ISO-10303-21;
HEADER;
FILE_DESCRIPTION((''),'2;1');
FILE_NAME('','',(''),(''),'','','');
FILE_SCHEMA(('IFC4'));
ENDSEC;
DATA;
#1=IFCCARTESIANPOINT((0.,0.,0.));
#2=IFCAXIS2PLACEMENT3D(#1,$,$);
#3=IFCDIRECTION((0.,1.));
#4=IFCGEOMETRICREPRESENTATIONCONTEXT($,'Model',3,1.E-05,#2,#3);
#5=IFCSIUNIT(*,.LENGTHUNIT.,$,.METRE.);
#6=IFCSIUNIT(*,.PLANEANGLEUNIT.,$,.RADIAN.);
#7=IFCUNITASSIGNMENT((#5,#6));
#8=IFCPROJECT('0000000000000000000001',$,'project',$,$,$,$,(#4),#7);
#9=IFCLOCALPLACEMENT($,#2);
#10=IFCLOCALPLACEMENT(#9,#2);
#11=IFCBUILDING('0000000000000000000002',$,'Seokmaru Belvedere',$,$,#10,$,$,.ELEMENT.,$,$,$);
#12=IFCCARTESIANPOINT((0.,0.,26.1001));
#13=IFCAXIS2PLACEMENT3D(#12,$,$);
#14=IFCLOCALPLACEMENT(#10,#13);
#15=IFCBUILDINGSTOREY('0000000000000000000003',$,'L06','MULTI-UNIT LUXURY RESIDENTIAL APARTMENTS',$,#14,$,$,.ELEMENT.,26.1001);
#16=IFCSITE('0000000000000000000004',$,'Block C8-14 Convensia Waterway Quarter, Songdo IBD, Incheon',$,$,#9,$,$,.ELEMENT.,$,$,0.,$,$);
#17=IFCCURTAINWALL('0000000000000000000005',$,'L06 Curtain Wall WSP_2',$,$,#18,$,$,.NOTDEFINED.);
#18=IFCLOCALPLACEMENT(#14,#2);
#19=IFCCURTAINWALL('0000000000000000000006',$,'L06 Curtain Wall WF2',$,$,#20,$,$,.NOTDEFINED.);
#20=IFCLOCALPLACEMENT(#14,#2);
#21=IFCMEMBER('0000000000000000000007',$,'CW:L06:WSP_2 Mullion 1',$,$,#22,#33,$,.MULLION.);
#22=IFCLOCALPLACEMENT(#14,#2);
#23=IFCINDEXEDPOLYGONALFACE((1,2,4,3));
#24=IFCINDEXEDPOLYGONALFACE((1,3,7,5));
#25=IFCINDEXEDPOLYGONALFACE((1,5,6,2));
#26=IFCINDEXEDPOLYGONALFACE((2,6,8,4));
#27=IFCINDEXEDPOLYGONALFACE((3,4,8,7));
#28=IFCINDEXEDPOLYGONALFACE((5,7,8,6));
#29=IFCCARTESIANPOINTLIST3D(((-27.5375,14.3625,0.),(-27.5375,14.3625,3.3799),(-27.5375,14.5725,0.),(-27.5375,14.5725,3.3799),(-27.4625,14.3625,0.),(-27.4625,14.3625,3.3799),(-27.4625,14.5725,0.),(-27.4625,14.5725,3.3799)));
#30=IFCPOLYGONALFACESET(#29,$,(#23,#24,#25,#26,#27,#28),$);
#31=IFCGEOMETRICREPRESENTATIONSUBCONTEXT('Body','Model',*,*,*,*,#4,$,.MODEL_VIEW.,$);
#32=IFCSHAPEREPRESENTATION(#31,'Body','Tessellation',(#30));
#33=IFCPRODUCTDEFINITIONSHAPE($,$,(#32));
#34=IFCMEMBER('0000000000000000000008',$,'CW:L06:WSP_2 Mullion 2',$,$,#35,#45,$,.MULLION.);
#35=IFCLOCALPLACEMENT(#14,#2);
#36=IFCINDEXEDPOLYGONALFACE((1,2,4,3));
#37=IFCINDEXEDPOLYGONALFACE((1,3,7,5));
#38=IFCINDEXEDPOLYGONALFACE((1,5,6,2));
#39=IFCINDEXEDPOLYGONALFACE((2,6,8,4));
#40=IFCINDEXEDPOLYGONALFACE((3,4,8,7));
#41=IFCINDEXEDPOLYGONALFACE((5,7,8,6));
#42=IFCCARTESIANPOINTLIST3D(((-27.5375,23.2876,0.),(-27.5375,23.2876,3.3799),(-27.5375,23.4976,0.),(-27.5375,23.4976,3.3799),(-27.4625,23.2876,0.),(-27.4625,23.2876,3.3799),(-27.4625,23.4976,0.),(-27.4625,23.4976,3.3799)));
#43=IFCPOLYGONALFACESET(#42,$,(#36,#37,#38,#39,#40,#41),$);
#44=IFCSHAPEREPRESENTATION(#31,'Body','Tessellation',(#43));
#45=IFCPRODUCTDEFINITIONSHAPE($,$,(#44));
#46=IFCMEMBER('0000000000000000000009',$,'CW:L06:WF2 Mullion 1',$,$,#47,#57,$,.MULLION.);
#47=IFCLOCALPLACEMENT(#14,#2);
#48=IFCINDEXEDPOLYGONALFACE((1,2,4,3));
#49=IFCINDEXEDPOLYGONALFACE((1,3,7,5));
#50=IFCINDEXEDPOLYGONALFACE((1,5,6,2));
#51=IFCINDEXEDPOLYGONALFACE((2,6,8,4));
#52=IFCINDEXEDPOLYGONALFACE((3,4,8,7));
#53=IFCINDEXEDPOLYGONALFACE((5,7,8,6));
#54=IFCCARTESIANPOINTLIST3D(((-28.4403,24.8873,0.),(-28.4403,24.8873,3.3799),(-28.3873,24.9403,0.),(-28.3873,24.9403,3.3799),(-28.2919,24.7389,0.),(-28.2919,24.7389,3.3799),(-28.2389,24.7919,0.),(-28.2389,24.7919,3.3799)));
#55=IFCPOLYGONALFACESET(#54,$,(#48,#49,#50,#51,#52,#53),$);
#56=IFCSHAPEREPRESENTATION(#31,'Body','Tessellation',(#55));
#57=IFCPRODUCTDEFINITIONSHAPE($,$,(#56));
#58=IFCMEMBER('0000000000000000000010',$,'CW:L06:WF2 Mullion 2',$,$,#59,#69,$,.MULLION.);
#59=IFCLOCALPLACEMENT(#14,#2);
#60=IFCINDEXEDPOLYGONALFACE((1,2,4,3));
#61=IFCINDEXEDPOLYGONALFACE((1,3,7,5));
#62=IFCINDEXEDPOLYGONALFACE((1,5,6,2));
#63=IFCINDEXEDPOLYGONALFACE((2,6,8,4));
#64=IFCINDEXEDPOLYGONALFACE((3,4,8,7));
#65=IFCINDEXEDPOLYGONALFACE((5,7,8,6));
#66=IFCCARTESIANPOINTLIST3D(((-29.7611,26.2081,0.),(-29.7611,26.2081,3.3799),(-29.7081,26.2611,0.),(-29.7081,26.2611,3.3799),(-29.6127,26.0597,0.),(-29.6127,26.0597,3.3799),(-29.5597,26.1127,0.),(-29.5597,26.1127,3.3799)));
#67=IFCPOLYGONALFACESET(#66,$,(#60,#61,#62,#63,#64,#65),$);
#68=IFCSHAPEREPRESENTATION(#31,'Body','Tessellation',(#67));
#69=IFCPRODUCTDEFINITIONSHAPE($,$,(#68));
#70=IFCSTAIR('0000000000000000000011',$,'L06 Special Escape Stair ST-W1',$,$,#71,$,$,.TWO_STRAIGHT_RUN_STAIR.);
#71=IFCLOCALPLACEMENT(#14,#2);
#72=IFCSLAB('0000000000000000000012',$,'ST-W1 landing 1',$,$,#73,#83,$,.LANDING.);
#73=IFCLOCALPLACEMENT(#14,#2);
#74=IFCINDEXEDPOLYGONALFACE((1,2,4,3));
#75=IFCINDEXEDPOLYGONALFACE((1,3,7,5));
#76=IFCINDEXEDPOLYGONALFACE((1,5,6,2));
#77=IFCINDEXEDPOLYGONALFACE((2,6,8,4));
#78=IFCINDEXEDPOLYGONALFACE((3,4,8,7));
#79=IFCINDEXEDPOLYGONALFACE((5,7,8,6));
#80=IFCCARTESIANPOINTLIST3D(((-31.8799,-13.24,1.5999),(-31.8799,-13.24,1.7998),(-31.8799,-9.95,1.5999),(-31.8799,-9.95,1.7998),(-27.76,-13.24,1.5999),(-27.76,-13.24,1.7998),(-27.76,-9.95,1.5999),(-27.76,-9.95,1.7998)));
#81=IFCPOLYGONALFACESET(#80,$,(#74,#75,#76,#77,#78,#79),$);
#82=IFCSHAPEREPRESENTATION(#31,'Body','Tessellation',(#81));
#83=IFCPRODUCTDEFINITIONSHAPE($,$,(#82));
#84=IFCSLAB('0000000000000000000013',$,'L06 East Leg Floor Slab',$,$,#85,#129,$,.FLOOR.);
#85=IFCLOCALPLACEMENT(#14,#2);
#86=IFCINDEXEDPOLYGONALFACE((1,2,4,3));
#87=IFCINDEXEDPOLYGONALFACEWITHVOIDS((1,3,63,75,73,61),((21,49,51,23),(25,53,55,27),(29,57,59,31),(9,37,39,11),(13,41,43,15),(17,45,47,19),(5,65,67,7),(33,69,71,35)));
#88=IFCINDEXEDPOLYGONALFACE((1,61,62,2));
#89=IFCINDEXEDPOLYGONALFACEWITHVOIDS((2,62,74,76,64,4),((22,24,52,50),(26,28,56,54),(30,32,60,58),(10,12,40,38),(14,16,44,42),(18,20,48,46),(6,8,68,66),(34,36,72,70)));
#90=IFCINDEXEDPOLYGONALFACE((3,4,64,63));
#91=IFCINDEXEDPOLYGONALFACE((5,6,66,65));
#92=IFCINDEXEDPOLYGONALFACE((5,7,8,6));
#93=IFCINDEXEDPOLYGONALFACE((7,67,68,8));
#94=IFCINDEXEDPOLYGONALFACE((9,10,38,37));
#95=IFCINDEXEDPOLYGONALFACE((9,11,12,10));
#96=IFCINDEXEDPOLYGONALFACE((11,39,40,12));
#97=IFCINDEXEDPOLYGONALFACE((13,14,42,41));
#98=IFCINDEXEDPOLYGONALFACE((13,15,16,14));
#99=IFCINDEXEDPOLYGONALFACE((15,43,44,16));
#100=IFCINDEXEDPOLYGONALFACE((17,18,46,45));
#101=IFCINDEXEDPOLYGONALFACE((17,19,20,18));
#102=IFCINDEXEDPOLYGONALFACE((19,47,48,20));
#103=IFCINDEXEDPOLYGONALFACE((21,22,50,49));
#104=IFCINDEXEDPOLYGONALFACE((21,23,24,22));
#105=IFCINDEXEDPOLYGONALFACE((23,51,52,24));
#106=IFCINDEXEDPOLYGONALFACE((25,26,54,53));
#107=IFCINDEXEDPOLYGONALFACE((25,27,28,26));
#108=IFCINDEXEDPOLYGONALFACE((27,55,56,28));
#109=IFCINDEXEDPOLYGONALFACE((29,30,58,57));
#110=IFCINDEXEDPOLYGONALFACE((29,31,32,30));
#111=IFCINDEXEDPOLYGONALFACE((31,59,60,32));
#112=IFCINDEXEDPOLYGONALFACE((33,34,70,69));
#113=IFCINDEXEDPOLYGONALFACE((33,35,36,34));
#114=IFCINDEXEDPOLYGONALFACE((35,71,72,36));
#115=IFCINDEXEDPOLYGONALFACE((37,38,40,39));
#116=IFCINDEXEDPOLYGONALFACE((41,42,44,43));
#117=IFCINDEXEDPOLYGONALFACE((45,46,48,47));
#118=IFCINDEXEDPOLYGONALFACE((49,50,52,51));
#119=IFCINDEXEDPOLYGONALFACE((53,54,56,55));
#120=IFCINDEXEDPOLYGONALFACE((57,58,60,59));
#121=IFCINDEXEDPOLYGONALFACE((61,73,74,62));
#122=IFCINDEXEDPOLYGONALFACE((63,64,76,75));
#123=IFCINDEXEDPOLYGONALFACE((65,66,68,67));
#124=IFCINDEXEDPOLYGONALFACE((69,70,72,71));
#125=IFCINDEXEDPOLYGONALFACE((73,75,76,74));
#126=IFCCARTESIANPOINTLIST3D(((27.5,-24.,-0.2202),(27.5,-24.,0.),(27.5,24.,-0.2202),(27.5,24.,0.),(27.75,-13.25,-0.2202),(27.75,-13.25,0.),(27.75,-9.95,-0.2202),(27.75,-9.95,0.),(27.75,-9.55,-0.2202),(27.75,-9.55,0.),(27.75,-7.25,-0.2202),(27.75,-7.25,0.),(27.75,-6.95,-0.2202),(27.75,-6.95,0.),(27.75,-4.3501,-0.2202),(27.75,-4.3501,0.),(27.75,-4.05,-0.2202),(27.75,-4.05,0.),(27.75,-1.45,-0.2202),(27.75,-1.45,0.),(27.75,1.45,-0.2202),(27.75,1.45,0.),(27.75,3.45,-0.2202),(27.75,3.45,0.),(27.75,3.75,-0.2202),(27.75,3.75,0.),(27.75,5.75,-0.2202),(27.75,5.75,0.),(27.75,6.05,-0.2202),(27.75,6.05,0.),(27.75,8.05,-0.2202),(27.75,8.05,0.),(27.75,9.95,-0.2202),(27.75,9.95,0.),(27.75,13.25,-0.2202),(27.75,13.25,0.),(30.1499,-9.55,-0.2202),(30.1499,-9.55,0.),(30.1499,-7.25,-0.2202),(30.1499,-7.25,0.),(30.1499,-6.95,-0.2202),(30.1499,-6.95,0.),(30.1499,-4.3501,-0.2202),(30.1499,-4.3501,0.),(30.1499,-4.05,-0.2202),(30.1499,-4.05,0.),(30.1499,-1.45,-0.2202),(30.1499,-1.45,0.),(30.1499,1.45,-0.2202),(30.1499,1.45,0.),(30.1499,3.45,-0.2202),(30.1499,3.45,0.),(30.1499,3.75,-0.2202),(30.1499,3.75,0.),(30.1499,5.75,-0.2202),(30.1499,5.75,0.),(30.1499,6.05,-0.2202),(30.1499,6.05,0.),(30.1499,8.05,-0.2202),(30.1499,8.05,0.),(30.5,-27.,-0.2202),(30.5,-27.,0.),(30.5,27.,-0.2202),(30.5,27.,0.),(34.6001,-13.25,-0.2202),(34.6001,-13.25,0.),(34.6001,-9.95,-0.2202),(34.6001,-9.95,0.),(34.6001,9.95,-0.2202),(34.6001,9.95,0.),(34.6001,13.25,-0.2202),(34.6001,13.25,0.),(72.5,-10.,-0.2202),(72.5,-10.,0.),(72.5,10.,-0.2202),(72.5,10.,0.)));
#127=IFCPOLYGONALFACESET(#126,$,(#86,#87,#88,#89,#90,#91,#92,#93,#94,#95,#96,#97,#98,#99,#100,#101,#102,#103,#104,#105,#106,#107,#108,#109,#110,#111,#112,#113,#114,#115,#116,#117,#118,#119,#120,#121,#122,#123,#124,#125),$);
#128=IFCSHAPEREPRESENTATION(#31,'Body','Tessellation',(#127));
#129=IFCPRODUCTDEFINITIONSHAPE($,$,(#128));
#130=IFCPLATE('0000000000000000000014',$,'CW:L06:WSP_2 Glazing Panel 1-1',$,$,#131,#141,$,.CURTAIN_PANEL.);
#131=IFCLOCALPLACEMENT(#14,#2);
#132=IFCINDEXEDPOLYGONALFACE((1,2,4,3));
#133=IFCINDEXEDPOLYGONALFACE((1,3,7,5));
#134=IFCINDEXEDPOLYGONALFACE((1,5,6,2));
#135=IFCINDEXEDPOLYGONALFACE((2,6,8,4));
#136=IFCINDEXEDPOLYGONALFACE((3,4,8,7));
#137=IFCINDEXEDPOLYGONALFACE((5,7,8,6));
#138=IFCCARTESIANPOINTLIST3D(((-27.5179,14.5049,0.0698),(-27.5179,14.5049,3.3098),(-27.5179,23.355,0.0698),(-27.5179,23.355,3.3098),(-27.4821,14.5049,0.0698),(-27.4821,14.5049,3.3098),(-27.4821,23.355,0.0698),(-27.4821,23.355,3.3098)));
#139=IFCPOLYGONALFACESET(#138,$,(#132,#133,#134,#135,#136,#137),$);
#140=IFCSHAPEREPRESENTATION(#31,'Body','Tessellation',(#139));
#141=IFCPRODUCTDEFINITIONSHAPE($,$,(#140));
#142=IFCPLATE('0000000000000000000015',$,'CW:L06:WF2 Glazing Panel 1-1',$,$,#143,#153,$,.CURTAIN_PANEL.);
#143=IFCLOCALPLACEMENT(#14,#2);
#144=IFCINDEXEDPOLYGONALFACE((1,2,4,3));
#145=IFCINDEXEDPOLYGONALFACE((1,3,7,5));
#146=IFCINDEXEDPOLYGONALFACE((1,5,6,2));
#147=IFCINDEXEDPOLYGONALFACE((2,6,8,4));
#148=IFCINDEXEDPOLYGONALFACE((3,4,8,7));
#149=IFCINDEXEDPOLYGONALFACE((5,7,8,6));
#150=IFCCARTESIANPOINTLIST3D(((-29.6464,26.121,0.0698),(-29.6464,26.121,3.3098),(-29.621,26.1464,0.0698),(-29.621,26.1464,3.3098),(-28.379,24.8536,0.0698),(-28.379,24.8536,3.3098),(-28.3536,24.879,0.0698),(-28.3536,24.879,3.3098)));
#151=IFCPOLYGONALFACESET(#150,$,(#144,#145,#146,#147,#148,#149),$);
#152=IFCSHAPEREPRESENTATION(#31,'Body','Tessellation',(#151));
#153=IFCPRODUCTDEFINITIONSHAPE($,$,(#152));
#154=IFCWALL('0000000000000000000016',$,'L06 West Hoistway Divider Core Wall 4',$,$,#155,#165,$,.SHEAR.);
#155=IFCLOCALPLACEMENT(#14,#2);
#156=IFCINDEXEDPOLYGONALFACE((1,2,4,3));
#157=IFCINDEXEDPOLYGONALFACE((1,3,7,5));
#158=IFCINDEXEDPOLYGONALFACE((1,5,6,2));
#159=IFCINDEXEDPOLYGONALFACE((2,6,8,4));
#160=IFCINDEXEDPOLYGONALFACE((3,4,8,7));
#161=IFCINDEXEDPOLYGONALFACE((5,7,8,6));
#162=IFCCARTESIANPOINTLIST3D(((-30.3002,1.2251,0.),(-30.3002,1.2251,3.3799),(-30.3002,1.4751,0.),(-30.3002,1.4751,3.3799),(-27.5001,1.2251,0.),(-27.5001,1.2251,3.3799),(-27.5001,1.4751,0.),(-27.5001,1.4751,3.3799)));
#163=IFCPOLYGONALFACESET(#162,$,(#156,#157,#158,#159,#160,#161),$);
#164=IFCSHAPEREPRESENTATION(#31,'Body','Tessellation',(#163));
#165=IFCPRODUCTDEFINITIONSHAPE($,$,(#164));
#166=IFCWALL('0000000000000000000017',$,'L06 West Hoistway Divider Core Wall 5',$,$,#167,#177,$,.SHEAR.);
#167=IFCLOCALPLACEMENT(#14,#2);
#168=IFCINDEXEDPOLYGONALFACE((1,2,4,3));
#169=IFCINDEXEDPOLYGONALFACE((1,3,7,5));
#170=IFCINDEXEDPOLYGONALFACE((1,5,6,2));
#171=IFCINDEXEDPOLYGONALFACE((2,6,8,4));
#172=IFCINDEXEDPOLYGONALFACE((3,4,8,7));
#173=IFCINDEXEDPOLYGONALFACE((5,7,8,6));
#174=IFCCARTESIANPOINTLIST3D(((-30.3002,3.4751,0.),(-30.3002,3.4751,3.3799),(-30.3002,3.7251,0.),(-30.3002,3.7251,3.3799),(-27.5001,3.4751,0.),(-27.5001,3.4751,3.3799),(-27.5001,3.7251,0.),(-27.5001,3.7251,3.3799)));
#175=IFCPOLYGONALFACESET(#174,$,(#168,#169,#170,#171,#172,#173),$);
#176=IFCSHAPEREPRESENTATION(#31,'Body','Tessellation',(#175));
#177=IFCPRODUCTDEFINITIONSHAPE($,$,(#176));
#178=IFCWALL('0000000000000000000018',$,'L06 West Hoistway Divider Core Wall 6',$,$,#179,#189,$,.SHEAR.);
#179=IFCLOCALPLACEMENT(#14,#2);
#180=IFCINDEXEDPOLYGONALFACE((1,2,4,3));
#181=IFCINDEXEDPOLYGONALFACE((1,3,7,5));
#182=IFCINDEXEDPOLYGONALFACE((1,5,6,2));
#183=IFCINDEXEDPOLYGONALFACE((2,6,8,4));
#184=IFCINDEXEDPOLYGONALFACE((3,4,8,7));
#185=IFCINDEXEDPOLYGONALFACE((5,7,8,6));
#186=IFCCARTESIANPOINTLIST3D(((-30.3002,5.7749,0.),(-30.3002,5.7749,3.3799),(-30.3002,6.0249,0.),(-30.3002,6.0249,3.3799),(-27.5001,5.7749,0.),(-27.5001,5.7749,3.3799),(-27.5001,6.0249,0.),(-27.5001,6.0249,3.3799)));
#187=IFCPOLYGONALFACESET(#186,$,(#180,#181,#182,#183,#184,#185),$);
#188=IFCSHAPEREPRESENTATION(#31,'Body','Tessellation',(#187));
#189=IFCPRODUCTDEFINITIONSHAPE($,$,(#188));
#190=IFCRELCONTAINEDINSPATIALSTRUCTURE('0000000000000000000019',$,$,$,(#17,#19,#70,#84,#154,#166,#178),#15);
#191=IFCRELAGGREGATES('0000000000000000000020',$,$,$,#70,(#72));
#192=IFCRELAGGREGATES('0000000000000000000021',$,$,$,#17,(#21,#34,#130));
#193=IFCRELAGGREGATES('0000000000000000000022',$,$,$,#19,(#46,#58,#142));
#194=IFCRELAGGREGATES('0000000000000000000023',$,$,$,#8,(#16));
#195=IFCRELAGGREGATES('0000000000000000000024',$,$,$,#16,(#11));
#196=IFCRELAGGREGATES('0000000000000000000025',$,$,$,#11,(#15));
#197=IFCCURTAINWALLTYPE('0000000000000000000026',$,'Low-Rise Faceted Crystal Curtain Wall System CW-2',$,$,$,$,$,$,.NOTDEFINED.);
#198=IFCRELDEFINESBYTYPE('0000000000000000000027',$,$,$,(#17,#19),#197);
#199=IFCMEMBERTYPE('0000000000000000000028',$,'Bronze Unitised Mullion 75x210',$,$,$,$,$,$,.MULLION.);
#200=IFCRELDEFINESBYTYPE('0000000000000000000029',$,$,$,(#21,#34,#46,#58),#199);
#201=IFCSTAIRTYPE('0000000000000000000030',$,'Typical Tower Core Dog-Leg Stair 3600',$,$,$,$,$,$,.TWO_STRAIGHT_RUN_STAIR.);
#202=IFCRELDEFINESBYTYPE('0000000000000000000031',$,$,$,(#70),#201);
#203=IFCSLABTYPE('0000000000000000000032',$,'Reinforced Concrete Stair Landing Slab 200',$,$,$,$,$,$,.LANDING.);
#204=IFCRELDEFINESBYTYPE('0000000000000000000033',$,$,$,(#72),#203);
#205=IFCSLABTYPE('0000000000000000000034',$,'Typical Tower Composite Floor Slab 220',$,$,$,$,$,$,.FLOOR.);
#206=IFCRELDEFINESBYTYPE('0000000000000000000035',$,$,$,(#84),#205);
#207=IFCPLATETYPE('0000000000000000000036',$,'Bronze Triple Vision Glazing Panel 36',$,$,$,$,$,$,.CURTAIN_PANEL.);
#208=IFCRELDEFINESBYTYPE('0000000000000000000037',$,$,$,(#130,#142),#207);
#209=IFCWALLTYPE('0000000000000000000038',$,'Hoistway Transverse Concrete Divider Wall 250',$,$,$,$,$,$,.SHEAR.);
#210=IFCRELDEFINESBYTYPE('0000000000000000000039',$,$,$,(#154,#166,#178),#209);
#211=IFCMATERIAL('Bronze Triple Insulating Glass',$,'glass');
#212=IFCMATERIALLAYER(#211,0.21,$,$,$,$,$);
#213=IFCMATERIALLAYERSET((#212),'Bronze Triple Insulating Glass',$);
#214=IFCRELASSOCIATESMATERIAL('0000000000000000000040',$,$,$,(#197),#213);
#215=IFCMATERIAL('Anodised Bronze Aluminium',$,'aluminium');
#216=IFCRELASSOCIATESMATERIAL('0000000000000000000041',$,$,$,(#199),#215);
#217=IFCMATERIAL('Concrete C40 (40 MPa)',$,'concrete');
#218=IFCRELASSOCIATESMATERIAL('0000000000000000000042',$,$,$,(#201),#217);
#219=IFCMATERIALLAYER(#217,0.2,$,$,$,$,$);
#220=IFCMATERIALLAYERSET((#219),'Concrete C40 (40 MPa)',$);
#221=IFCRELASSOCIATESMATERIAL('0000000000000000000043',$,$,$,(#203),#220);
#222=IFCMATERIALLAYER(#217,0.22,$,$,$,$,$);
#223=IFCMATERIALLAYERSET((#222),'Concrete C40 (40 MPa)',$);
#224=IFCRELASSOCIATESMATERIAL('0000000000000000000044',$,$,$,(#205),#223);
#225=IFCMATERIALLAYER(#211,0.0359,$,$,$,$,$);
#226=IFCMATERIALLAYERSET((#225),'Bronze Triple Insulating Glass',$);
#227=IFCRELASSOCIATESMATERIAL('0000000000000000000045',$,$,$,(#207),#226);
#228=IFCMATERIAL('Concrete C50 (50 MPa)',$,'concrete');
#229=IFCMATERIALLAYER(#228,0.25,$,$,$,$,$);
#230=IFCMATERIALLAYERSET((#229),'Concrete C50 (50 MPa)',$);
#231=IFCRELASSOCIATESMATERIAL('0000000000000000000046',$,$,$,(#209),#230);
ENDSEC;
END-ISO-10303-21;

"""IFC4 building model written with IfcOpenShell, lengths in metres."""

from ifc_helpers import new_model, si_unit, direction, frame, frame_2d, origin, origin_2d, place, context, subcontext, project, spatial, polyline, rectangle, outline, extrude, source, transform, mapped, material, layer, layer_set, material_profile, profile_set, type_object, type_shapes, element, aggregate, save


model = new_model("IFC4")

# Units and contexts
model_context = context("Model", 3, precision=1e-05, world=origin(), true_north=direction((0.0, 1.0)))
body_context = subcontext(model_context, "Body", "Model", "MODEL_VIEW")
ifc_project = project(units=[si_unit("LENGTHUNIT", "METRE"), si_unit("PLANEANGLEUNIT", "RADIAN")], contexts=[model_context])

# Site, building, storey
site_placement = place(None, origin())
site = spatial("IfcSite", under=ifc_project, at=site_placement, Name="Block C8-14 Convensia Waterway Quarter, Songdo IBD, Incheon", CompositionType="ELEMENT", RefElevation=0.0)
building_placement = place(site_placement, origin())
building = spatial("IfcBuilding", under=site, at=building_placement, Name="Seokmaru Belvedere", CompositionType="ELEMENT")
storey_placement = place(building_placement, frame((0.0, 0.0, 26.1001)))
storey = spatial("IfcBuildingStorey", under=building, at=storey_placement, Name="L06", Description="MULTI-UNIT LUXURY RESIDENTIAL APARTMENTS", CompositionType="ELEMENT", Elevation=26.1001)

# Curtain walls
ifc_material_1 = material(Name="Bronze Triple Insulating Glass", Category="glass")
ifc_layer_1 = layer(ifc_material_1, 0.21)
ifc_layer_set_1 = layer_set([ifc_layer_1], Name="Bronze Triple Insulating Glass")
curtain_wall_type = type_object("IfcCurtainWallType", Name="Low-Rise Faceted Crystal Curtain Wall System CW-2", PredefinedType="NOTDEFINED", material=ifc_layer_set_1)
curtain_wall_1_placement = place(storey_placement, origin())
curtain_wall_1 = element("IfcCurtainWall", 1, at=curtain_wall_1_placement, inside=storey, type_object=curtain_wall_type, Name="L06 Curtain Wall WSP_2", PredefinedType="NOTDEFINED")
ifc_material_2 = material(Name="Anodised Bronze Aluminium", Category="aluminium")
curtain_wall_2_placement = place(storey_placement, origin())
curtain_wall_2 = element("IfcCurtainWall", 2, at=curtain_wall_2_placement, inside=storey, type_object=curtain_wall_type, Name="L06 Curtain Wall WF2", PredefinedType="NOTDEFINED")

# Members
ifc_material_profile_1 = material_profile(ifc_material_2, rectangle(XDim=0.075, YDim=0.21, at=origin_2d()), Name="CW-M-75x210")
ifc_profile_set_1 = profile_set([ifc_material_profile_1], Name="Anodised Bronze Aluminium")
member_type_1 = type_object("IfcMemberType", Name="Bronze Unitised Mullion 75x210", PredefinedType="MULLION", material=ifc_profile_set_1)
shared_shape_1 = source(origin(), body_context, "Body", "SweptSolid", [
    extrude(rectangle(XDim=0.075, YDim=0.21, at=origin_2d()), origin(), (0.0, 0.0, 1.0), 3.3799),
])
type_shapes(member_type_1, [shared_shape_1])
member_1_placement = place(storey_placement, frame((-27.5, 14.4675, 0.0), z_axis=(0.0, 0.0, 1.0), x_axis=(-1.0, 0.0, 0.0)))
member_1 = element("IfcMember", 3, at=member_1_placement, type_object=member_type_1, Name="CW:L06:WSP_2 Mullion 1", PredefinedType="MULLION", context=body_context, shape_type="MappedRepresentation", body=[
    mapped(shared_shape_1, transform((0.0, 0.0, 0.0), scale=1.0)),
])
member_2_placement = place(storey_placement, frame((-27.5, 23.3926, 0.0), z_axis=(0.0, 0.0, 1.0), x_axis=(-1.0, 0.0, 0.0)))
member_2 = element("IfcMember", 4, at=member_2_placement, type_object=member_type_1, Name="CW:L06:WSP_2 Mullion 2", PredefinedType="MULLION", context=body_context, shape_type="MappedRepresentation", body=[
    mapped(shared_shape_1, transform((0.0, 0.0, 0.0), scale=1.0)),
])
member_3_placement = place(storey_placement, frame((-28.3396, 24.8396, 0.0), z_axis=(0.0, 0.0, 1.0), x_axis=(-0.707107, -0.707107, 0.0)))
member_3 = element("IfcMember", 5, at=member_3_placement, type_object=member_type_1, Name="CW:L06:WF2 Mullion 1", PredefinedType="MULLION", context=body_context, shape_type="MappedRepresentation", body=[
    mapped(shared_shape_1, transform((0.0, 0.0, 0.0), scale=1.0)),
])
member_4_placement = place(storey_placement, frame((-29.6604, 26.1604, 0.0), z_axis=(0.0, 0.0, 1.0), x_axis=(-0.707107, -0.707107, 0.0)))
member_4 = element("IfcMember", 6, at=member_4_placement, type_object=member_type_1, Name="CW:L06:WF2 Mullion 2", PredefinedType="MULLION", context=body_context, shape_type="MappedRepresentation", body=[
    mapped(shared_shape_1, transform((0.0, 0.0, 0.0), scale=1.0)),
])

# Stair, slab
ifc_material_3 = material(Name="Concrete C40 (40 MPa)", Category="concrete")
stair_type = type_object("IfcStairType", Name="Typical Tower Core Dog-Leg Stair 3600", PredefinedType="TWO_STRAIGHT_RUN_STAIR", material=ifc_material_3)
stair_placement = place(storey_placement, origin())
stair = element("IfcStair", 7, at=stair_placement, inside=storey, type_object=stair_type, Name="L06 Special Escape Stair ST-W1", PredefinedType="TWO_STRAIGHT_RUN_STAIR")
ifc_layer_2 = layer(ifc_material_3, 0.2)
ifc_layer_set_2 = layer_set([ifc_layer_2], Name="Concrete C40 (40 MPa)")
slab_type_1 = type_object("IfcSlabType", Name="Reinforced Concrete Stair Landing Slab 200", PredefinedType="LANDING", material=ifc_layer_set_2)
slab_1_placement = place(storey_placement, frame((0.0, 0.0, 1.5999)))
slab_1 = element("IfcSlab", 8, at=slab_1_placement, type_object=slab_type_1, Name="ST-W1 landing 1", PredefinedType="LANDING", context=body_context, shape_type="SweptSolid", body=[
    extrude(outline(polyline([(-31.8799, -13.24), (-27.76, -13.24), (-27.76, -9.95), (-31.8799, -9.95), (-31.8799, -13.24)])), origin(), (0.0, 0.0, 1.0), 0.2),
])
aggregate(stair, [slab_1])

# Slab
ifc_layer_3 = layer(ifc_material_3, 0.22)
ifc_layer_set_3 = layer_set([ifc_layer_3], Name="Concrete C40 (40 MPa)")
slab_type_2 = type_object("IfcSlabType", Name="Typical Tower Composite Floor Slab 220", PredefinedType="FLOOR", material=ifc_layer_set_3)
slab_2_placement = place(storey_placement, frame((0.0, 0.0, -0.2202)))
element("IfcSlab", 9, at=slab_2_placement, inside=storey, type_object=slab_type_2, Name="L06 East Leg Floor Slab", PredefinedType="FLOOR", context=body_context, shape_type="SweptSolid", body=[
    extrude(outline(polyline([(30.5, -27.0), (72.5, -10.0), (72.5, 10.0), (30.5, 27.0), (27.5, 24.0), (27.5, -24.0), (30.5, -27.0)]), holes=[polyline([(27.75, -13.25), (34.6001, -13.25), (34.6001, -9.95), (27.75, -9.95), (27.75, -13.25)]), polyline([(27.75, 9.95), (34.6001, 9.95), (34.6001, 13.25), (27.75, 13.25), (27.75, 9.95)]), polyline([(27.75, -9.55), (30.1499, -9.55), (30.1499, -7.25), (27.75, -7.25), (27.75, -9.55)]), polyline([(27.75, -6.95), (30.1499, -6.95), (30.1499, -4.3501), (27.75, -4.3501), (27.75, -6.95)]), polyline([(27.75, -4.05), (30.1499, -4.05), (30.1499, -1.45), (27.75, -1.45), (27.75, -4.05)]), polyline([(27.75, 1.45), (30.1499, 1.45), (30.1499, 3.45), (27.75, 3.45), (27.75, 1.45)]), polyline([(27.75, 3.75), (30.1499, 3.75), (30.1499, 5.75), (27.75, 5.75), (27.75, 3.75)]), polyline([(27.75, 6.05), (30.1499, 6.05), (30.1499, 8.05), (27.75, 8.05), (27.75, 6.05)])]), origin(), (0.0, 0.0, 1.0), 0.2202),
])

# Plates
ifc_layer_4 = layer(ifc_material_1, 0.0359)
ifc_layer_set_4 = layer_set([ifc_layer_4], Name="Bronze Triple Insulating Glass")
plate_type = type_object("IfcPlateType", Name="Bronze Triple Vision Glazing Panel 36", PredefinedType="CURTAIN_PANEL", material=ifc_layer_set_4)
shared_shape_2 = source(origin(), body_context, "Body", "SweptSolid", [
    extrude(rectangle(XDim=8.8501, YDim=0.0359, at=origin_2d()), origin(), (0.0, 0.0, 1.0), 3.24),
])
plate_1_placement = place(storey_placement, frame((-27.5, 18.9299, 0.0698), z_axis=(0.0, 0.0, 1.0), x_axis=(0.0, 1.0, 0.0)))
plate_1 = element("IfcPlate", 10, at=plate_1_placement, type_object=plate_type, Name="CW:L06:WSP_2 Glazing Panel 1-1", PredefinedType="CURTAIN_PANEL", context=body_context, shape_type="MappedRepresentation", body=[
    mapped(shared_shape_2, transform((0.0, 0.0, 0.0), scale=1.0)),
])
aggregate(curtain_wall_1, [member_1, member_2, plate_1])
shared_shape_3 = source(origin(), body_context, "Body", "SweptSolid", [
    extrude(rectangle(XDim=1.7925, YDim=0.0359, at=origin_2d()), origin(), (0.0, 0.0, 1.0), 3.24),
])
type_shapes(plate_type, [shared_shape_2, shared_shape_3])
plate_2_placement = place(storey_placement, frame((-29.0, 25.5, 0.0698), z_axis=(0.0, 0.0, 1.0), x_axis=(-0.707107, 0.707107, 0.0)))
plate_2 = element("IfcPlate", 11, at=plate_2_placement, type_object=plate_type, Name="CW:L06:WF2 Glazing Panel 1-1", PredefinedType="CURTAIN_PANEL", context=body_context, shape_type="MappedRepresentation", body=[
    mapped(shared_shape_3, transform((0.0, 0.0, 0.0), scale=1.0)),
])
aggregate(curtain_wall_2, [member_3, member_4, plate_2])

# Walls
ifc_material_4 = material(Name="Concrete C50 (50 MPa)", Category="concrete")
ifc_layer_5 = layer(ifc_material_4, 0.25)
ifc_layer_set_5 = layer_set([ifc_layer_5], Name="Concrete C50 (50 MPa)")
wall_type_1 = type_object("IfcWallType", Name="Hoistway Transverse Concrete Divider Wall 250", PredefinedType="SHEAR", material=ifc_layer_set_5)
for number, where, z_axis, x_axis, name in (
    (12, (-30.3, 1.3501, 0.0), (0.0, 0.0, 1.0), (1.0, 0.0, 0.0), "L06 West Hoistway Divider Core Wall 4"),
    (13, (-30.3, 3.6001, 0.0), (0.0, 0.0, 1.0), (1.0, 0.0, 0.0), "L06 West Hoistway Divider Core Wall 5"),
    (14, (-30.3, 5.8999, 0.0), (0.0, 0.0, 1.0), (1.0, 0.0, 0.0), "L06 West Hoistway Divider Core Wall 6"),
):
    element("IfcWall", number, at=place(storey_placement, frame(where, z_axis=z_axis, x_axis=x_axis)), inside=storey, type_object=wall_type_1, Name=name, PredefinedType="SHEAR", context=body_context, shape_type="SweptSolid", body=[
        extrude(rectangle(XDim=2.8, YDim=0.25, at=frame_2d((1.3999, 0.0))), origin(), (0.0, 0.0, 1.0), 3.3799),
    ])

save(model, "model.ifc")
